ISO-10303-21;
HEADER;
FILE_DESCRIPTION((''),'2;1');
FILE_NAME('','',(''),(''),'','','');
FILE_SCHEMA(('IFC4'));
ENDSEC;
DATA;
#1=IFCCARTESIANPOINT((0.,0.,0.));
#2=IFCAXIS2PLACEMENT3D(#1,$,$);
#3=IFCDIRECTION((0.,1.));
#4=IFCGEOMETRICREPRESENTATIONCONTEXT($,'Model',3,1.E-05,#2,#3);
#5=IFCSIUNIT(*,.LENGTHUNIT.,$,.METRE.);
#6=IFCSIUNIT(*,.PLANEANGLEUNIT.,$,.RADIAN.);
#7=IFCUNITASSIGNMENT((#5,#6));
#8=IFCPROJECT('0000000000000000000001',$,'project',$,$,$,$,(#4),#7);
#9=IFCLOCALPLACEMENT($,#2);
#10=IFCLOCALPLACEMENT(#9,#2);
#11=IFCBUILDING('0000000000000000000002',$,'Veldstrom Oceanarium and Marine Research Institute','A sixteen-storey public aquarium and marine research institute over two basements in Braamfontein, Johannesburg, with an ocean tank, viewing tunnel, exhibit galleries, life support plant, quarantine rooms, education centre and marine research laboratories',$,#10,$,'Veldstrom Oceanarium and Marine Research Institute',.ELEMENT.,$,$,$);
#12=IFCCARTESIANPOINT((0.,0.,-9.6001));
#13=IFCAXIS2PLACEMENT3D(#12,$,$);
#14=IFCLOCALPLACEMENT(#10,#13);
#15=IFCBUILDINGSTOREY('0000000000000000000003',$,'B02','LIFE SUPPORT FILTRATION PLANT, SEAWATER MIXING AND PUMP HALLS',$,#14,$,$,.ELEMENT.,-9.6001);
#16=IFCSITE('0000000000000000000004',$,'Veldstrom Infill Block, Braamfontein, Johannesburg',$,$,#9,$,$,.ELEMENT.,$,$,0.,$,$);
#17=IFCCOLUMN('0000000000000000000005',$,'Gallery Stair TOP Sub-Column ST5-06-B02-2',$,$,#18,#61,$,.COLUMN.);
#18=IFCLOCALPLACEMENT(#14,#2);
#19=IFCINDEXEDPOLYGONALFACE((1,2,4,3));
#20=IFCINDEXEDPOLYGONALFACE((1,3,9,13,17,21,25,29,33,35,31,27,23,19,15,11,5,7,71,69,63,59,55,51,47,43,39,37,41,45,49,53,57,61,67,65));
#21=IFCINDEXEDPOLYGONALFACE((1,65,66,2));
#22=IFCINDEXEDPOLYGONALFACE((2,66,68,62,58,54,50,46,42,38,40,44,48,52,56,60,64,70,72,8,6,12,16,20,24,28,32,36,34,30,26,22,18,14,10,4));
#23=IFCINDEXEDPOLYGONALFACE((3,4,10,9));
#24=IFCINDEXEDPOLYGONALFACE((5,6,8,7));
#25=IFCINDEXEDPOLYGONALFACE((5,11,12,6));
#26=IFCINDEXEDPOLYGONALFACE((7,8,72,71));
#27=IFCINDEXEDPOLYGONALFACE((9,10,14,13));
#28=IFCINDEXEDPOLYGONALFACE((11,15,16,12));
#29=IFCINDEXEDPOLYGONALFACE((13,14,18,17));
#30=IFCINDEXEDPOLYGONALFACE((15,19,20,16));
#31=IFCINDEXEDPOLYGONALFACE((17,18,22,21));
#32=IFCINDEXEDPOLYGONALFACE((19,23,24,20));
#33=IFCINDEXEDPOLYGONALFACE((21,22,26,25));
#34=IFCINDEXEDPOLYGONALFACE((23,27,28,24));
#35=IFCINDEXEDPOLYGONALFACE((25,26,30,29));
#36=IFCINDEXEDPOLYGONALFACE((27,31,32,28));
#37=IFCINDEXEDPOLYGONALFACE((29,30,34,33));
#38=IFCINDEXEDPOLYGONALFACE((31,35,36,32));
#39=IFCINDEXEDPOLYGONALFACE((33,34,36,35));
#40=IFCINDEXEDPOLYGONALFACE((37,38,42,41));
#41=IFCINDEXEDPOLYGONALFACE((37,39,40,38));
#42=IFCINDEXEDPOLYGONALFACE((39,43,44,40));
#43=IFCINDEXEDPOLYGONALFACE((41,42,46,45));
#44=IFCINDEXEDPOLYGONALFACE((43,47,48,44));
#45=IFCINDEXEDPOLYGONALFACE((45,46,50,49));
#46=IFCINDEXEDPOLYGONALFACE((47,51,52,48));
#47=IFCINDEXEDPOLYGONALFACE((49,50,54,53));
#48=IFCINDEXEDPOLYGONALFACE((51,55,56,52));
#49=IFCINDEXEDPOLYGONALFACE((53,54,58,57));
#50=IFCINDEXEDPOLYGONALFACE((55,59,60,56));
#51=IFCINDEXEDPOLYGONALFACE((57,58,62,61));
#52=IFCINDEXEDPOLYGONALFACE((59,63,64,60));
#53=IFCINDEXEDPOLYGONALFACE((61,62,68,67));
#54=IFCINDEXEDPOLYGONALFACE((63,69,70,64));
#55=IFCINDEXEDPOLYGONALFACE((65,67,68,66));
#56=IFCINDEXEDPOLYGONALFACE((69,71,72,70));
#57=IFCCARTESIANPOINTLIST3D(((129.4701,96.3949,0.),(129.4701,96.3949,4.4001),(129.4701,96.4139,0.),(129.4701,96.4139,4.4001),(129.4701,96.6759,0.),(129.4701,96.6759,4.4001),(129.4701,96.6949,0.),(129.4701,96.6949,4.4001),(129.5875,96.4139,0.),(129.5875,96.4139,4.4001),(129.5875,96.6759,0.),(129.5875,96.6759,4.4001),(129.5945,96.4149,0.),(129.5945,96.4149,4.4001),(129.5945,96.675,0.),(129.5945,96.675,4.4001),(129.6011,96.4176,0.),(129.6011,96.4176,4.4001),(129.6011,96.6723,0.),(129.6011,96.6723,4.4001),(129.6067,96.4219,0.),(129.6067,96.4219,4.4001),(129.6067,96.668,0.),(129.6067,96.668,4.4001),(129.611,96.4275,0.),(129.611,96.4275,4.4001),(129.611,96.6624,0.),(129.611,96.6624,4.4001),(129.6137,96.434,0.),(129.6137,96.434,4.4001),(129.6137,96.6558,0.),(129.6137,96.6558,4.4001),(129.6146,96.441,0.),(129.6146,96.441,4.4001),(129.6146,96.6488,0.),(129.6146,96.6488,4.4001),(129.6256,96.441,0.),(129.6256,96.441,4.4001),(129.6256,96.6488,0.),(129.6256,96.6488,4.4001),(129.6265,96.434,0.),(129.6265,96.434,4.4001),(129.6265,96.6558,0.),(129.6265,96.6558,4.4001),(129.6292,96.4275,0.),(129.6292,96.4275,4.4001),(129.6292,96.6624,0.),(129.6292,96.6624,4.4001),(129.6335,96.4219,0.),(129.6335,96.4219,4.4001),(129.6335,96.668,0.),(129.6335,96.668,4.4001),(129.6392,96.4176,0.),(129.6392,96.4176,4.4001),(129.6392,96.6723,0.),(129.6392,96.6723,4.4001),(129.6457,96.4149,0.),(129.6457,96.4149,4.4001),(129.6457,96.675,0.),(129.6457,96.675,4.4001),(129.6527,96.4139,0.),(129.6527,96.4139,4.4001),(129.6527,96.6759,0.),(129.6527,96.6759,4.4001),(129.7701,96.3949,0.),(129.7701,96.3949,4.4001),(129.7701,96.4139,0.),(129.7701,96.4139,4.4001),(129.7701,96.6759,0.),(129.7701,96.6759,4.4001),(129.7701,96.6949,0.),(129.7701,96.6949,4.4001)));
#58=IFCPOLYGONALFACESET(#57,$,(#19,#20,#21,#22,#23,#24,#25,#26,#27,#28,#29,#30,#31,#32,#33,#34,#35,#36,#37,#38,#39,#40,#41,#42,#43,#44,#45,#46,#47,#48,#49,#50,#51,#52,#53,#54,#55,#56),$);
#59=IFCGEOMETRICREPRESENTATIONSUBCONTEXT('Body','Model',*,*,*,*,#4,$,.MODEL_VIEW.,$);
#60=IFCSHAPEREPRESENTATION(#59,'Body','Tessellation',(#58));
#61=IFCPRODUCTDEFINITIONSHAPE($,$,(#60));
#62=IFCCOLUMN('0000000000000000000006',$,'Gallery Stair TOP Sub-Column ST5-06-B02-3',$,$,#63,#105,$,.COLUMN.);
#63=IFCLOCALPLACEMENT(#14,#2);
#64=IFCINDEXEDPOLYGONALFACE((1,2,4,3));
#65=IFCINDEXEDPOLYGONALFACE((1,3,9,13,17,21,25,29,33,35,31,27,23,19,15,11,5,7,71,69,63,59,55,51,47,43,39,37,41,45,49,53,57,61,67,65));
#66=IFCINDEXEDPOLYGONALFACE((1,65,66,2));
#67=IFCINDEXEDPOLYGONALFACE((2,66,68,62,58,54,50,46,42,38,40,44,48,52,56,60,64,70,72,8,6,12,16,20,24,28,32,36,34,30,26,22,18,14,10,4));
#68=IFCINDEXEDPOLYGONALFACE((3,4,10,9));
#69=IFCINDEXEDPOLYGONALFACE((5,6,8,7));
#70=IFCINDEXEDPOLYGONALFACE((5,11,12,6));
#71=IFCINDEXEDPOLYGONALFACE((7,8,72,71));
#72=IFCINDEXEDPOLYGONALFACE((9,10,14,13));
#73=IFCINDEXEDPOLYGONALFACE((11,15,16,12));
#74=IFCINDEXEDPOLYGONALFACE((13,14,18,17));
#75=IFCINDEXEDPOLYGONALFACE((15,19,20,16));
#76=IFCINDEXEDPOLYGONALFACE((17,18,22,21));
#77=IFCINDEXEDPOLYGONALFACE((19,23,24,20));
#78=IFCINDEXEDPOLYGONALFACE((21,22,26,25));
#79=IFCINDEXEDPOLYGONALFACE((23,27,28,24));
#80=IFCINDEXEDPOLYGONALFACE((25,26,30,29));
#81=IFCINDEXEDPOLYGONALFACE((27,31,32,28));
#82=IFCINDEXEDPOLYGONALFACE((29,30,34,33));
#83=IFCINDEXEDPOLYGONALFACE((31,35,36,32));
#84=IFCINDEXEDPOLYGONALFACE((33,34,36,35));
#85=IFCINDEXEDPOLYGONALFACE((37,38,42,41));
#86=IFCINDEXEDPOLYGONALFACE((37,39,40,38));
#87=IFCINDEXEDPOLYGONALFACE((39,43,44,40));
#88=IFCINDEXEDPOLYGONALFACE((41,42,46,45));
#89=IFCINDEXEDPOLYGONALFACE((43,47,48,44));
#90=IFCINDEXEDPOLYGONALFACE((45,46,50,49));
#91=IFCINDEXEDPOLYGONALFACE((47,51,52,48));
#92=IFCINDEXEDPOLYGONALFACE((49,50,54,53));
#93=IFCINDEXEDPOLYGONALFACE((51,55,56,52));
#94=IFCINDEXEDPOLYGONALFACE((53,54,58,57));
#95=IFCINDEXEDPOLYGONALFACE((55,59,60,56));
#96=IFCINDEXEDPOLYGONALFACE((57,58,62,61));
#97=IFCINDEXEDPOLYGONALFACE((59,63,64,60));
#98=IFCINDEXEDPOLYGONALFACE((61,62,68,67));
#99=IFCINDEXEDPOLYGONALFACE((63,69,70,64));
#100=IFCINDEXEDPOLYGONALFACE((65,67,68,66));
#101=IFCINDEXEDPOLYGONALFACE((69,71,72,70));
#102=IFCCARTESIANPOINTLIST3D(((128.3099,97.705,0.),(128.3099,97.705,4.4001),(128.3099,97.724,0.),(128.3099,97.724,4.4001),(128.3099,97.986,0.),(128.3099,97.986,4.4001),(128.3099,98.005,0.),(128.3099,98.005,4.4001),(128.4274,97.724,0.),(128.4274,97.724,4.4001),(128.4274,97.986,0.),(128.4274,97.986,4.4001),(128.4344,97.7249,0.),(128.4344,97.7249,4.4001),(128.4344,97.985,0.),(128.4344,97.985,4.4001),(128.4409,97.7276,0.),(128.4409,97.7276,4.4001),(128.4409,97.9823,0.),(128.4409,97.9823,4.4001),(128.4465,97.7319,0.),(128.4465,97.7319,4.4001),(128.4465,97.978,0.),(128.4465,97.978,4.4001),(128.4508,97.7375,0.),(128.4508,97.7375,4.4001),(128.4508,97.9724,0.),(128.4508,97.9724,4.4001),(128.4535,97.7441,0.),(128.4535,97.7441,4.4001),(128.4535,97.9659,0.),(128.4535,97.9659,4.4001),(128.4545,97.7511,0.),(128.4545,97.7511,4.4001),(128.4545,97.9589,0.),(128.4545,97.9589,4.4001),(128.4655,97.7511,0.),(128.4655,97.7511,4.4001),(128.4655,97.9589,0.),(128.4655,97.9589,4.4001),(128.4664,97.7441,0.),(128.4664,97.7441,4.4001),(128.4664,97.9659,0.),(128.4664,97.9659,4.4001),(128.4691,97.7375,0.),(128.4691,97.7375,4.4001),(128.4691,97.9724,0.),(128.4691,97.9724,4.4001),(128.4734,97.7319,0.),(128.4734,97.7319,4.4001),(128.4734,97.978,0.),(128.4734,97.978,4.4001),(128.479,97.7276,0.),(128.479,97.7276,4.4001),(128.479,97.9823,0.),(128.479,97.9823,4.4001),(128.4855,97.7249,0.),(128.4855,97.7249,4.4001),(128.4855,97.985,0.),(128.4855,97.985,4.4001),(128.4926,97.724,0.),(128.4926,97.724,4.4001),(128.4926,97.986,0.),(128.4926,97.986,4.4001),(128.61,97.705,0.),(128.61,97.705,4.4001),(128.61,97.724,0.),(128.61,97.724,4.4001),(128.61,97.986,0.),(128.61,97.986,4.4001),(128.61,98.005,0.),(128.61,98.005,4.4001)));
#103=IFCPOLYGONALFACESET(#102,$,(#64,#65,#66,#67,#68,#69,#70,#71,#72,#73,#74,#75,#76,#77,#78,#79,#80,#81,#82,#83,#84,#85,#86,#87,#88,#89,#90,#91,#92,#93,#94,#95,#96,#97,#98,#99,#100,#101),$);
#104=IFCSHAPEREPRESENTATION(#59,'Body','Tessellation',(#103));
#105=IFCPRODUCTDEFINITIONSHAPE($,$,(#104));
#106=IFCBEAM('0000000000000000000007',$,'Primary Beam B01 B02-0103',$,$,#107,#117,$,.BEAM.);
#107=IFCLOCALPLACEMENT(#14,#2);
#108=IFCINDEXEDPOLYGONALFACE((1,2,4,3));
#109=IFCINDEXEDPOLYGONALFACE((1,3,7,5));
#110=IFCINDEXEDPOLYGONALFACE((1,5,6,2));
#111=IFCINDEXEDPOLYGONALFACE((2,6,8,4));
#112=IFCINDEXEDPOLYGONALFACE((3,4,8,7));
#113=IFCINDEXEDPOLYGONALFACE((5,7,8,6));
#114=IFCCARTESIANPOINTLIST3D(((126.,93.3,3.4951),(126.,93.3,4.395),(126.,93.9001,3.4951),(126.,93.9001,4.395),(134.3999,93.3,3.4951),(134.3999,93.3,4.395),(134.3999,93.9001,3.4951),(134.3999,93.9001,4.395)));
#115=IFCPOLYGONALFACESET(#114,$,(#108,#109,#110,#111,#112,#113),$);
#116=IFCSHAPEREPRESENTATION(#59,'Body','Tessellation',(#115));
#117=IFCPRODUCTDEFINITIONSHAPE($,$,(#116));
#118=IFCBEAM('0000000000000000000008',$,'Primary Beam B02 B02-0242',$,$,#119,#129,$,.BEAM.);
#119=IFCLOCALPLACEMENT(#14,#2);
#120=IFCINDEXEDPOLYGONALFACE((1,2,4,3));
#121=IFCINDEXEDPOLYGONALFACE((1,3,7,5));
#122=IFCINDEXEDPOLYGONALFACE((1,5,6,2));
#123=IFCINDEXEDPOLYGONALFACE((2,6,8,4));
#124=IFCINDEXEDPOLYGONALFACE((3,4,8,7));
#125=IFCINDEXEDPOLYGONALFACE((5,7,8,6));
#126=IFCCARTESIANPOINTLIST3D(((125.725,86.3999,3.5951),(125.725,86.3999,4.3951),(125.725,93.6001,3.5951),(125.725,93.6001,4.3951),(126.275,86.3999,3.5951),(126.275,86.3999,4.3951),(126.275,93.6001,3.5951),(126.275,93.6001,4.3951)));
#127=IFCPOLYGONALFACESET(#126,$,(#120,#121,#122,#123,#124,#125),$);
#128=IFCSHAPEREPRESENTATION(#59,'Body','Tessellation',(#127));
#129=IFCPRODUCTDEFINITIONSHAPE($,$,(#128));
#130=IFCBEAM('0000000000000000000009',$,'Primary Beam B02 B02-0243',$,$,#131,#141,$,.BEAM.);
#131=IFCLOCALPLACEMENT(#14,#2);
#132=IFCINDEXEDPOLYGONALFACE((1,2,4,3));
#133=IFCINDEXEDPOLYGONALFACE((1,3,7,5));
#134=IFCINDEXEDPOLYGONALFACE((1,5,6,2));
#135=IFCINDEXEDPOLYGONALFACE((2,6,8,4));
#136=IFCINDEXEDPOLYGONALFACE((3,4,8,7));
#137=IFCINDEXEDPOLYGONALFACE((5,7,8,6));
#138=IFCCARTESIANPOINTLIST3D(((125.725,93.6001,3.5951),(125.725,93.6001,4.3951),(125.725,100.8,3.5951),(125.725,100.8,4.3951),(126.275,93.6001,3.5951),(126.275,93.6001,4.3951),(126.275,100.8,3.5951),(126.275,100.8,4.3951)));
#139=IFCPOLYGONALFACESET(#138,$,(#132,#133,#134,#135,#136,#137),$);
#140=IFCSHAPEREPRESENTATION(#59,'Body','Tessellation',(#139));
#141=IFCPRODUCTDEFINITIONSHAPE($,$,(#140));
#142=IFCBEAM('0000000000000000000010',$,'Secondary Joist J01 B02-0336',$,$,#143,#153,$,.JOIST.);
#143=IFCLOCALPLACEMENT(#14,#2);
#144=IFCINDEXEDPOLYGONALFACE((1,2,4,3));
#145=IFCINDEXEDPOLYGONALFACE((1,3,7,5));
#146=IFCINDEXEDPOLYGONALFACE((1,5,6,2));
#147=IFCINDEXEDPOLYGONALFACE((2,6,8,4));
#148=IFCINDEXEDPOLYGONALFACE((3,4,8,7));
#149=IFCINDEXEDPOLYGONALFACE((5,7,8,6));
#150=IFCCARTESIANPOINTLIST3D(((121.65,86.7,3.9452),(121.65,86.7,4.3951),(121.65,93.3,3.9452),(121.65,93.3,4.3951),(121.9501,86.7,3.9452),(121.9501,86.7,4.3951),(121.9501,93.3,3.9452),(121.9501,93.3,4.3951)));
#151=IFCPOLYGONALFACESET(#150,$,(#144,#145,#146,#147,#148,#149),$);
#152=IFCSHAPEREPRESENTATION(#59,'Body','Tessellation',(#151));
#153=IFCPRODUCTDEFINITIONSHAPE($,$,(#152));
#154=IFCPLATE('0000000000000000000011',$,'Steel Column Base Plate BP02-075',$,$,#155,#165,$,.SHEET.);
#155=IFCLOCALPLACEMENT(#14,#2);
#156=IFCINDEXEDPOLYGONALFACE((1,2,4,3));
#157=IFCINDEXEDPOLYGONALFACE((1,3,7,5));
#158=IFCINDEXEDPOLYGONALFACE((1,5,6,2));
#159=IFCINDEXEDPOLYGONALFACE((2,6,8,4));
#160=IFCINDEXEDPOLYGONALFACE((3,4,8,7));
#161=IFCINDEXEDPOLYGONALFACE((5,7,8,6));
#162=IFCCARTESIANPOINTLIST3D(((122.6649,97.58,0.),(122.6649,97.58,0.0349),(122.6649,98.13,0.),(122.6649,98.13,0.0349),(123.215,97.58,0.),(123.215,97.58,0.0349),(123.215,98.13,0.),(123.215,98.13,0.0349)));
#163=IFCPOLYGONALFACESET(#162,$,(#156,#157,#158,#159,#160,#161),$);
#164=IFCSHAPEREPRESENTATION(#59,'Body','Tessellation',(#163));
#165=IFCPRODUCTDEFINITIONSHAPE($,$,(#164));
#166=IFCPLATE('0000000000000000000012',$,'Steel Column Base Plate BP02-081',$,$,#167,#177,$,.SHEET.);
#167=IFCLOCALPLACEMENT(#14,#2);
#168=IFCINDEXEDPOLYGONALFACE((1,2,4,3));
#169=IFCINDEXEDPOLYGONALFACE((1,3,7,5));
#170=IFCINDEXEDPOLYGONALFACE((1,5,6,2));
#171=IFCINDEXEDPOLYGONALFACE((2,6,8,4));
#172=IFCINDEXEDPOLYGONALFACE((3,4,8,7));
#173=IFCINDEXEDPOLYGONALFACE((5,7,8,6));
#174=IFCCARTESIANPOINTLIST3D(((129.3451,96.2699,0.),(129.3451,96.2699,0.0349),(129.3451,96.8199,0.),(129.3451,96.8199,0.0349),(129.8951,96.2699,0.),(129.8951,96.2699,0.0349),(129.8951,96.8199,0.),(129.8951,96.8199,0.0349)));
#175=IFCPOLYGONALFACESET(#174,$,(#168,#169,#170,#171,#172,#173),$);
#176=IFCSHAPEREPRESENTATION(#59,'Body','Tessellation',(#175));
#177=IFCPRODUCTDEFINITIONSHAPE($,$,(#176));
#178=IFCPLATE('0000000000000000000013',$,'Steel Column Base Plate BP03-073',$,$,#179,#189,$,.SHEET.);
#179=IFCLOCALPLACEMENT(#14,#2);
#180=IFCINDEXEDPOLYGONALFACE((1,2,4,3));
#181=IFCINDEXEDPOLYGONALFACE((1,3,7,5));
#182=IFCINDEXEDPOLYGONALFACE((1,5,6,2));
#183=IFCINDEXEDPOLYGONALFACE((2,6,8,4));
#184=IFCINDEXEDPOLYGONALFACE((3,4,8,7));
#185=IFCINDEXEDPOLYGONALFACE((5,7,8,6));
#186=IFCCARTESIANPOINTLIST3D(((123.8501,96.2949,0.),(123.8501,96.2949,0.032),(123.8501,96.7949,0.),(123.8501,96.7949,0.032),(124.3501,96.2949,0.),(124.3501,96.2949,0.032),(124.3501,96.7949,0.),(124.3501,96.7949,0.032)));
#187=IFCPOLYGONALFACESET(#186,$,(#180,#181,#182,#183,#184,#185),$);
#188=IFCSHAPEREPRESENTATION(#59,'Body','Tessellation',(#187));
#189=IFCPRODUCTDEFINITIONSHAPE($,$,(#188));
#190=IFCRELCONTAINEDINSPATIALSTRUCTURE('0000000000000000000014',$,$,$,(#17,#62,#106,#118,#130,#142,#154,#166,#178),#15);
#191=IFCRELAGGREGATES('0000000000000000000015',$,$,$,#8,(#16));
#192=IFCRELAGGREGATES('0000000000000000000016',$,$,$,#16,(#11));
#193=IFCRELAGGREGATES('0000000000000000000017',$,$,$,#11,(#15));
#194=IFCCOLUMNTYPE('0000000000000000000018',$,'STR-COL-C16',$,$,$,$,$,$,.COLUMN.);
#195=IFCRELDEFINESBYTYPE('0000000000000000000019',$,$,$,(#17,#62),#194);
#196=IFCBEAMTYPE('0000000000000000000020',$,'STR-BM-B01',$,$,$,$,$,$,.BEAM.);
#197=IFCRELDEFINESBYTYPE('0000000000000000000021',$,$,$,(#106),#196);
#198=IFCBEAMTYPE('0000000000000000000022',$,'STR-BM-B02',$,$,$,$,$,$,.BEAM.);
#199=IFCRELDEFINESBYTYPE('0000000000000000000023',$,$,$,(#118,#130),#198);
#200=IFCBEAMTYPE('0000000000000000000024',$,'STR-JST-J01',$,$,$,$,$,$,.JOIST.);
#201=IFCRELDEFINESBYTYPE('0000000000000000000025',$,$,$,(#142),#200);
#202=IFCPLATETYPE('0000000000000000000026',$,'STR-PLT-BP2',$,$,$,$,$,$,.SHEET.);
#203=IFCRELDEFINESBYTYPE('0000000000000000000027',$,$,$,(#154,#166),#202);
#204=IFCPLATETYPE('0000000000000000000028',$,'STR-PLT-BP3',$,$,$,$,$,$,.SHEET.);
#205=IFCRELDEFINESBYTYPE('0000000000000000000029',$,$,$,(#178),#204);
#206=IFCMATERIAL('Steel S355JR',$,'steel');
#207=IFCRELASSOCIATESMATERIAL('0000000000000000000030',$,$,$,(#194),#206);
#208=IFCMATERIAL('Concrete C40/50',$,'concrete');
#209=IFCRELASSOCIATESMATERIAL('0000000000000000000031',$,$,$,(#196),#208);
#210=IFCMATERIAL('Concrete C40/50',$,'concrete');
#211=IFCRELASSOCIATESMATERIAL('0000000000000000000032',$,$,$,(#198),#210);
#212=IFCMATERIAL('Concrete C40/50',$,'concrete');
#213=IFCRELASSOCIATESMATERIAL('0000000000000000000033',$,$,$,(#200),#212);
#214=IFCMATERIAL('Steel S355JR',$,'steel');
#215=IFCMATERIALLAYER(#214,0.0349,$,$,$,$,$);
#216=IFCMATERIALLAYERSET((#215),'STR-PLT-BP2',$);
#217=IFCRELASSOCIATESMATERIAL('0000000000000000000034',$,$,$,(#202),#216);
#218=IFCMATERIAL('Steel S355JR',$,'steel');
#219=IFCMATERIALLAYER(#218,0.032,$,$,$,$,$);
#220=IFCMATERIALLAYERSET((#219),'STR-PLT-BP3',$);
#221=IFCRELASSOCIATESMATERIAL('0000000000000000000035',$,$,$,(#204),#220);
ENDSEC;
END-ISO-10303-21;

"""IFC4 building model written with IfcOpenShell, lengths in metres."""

from ifc_helpers import new_model, si_unit, direction, frame, origin, origin_2d, place, context, subcontext, project, spatial, rectangle, i_section, extrude, material, layer, layer_set, material_profile, profile_set, type_object, element, save


model = new_model("IFC4")

# Units and contexts
model_context = context("Model", 3, precision=1e-05, world=origin(), true_north=direction((0.0, 1.0)))
body_context = subcontext(model_context, "Body", "Model", "MODEL_VIEW")
ifc_project = project(units=[si_unit("LENGTHUNIT", "METRE"), si_unit("PLANEANGLEUNIT", "RADIAN")], contexts=[model_context])

# Site, building, storey
site_placement = place(None, origin())
site = spatial("IfcSite", under=ifc_project, at=site_placement, Name="Veldstrom Infill Block, Braamfontein, Johannesburg", CompositionType="ELEMENT", RefElevation=0.0)
building_placement = place(site_placement, origin())
building = spatial("IfcBuilding", under=site, at=building_placement, Name="Veldstrom Oceanarium and Marine Research Institute", Description="A sixteen-storey public aquarium and marine research institute over two basements in Braamfontein, Johannesburg, with an ocean tank, viewing tunnel, exhibit galleries, life support plant, quarantine rooms, education centre and marine research laboratories", LongName="Veldstrom Oceanarium and Marine Research Institute", CompositionType="ELEMENT")
storey_placement = place(building_placement, frame((0.0, 0.0, -9.6001)))
storey = spatial("IfcBuildingStorey", under=building, at=storey_placement, Name="B02", Description="LIFE SUPPORT FILTRATION PLANT, SEAWATER MIXING AND PUMP HALLS", CompositionType="ELEMENT", Elevation=-9.6001)

# Columns
ifc_material_1 = material(Name="Steel S355JR", Category="steel")
ifc_material_profile_1 = material_profile(ifc_material_1, i_section(OverallWidth=0.3, OverallDepth=0.3, WebThickness=0.011, FlangeThickness=0.019, FilletRadius=0.0271, at=origin_2d()), Name="HEB 300")
ifc_profile_set_1 = profile_set([ifc_material_profile_1], Name="Steel S355JR")
column_type_1 = type_object("IfcColumnType", Name="STR-COL-C16", PredefinedType="COLUMN", material=ifc_profile_set_1)
for number, where, z_axis, x_axis, name in (
    (1, (129.6201, 96.5449, 0.0), (0.0, 0.0, 1.0), (1.0, 0.0, 0.0), "Gallery Stair TOP Sub-Column ST5-06-B02-2"),
    (2, (128.46, 97.855, 0.0), (0.0, 0.0, 1.0), (1.0, 0.0, 0.0), "Gallery Stair TOP Sub-Column ST5-06-B02-3"),
):
    element("IfcColumn", number, at=place(storey_placement, frame(where, z_axis=z_axis, x_axis=x_axis)), inside=storey, type_object=column_type_1, Name=name, PredefinedType="COLUMN", context=body_context, shape_type="SweptSolid", body=[
        extrude(i_section(OverallWidth=0.3, OverallDepth=0.3, WebThickness=0.011, FlangeThickness=0.019, FilletRadius=0.0271, at=origin_2d()), origin(), (0.0, 0.0, 1.0), 4.4001),
    ])

# Beams
ifc_material_2 = material(Name="Concrete C40/50", Category="concrete")
ifc_material_profile_2 = material_profile(ifc_material_2, rectangle(XDim=0.6001, YDim=0.8999, at=origin_2d()), Name="RC-BM-600x900")
ifc_profile_set_2 = profile_set([ifc_material_profile_2], Name="Concrete C40/50")
beam_type_1 = type_object("IfcBeamType", Name="STR-BM-B01", PredefinedType="BEAM", material=ifc_profile_set_2)
beam_1_placement = place(storey_placement, frame((126.0, 93.6001, 3.9451), z_axis=(1.0, 0.0, 0.0), x_axis=(0.0, 1.0, 0.0)))
element("IfcBeam", 3, at=beam_1_placement, inside=storey, type_object=beam_type_1, Name="Primary Beam B01 B02-0103", PredefinedType="BEAM", context=body_context, shape_type="SweptSolid", body=[
    extrude(rectangle(XDim=0.6001, YDim=0.8999, at=origin_2d()), origin(), (0.0, 0.0, 1.0), 8.3999),
])
ifc_material_3 = material(Name="Concrete C40/50", Category="concrete")
ifc_material_profile_3 = material_profile(ifc_material_3, rectangle(XDim=0.55, YDim=0.8, at=origin_2d()), Name="RC-BM-550x800")
ifc_profile_set_3 = profile_set([ifc_material_profile_3], Name="Concrete C40/50")
beam_type_2 = type_object("IfcBeamType", Name="STR-BM-B02", PredefinedType="BEAM", material=ifc_profile_set_3)
beam_2_placement = place(storey_placement, frame((126.0, 86.3999, 3.9951), z_axis=(0.0, 1.0, 0.0), x_axis=(-1.0, 0.0, 0.0)))
element("IfcBeam", 4, at=beam_2_placement, inside=storey, type_object=beam_type_2, Name="Primary Beam B02 B02-0242", PredefinedType="BEAM", context=body_context, shape_type="SweptSolid", body=[
    extrude(rectangle(XDim=0.55, YDim=0.8, at=origin_2d()), origin(), (0.0, 0.0, 1.0), 7.2002),
])
beam_3_placement = place(storey_placement, frame((126.0, 93.6001, 3.9951), z_axis=(0.0, 1.0, 0.0), x_axis=(-1.0, 0.0, 0.0)))
element("IfcBeam", 5, at=beam_3_placement, inside=storey, type_object=beam_type_2, Name="Primary Beam B02 B02-0243", PredefinedType="BEAM", context=body_context, shape_type="SweptSolid", body=[
    extrude(rectangle(XDim=0.55, YDim=0.8, at=origin_2d()), origin(), (0.0, 0.0, 1.0), 7.2),
])
ifc_material_4 = material(Name="Concrete C40/50", Category="concrete")
ifc_material_profile_4 = material_profile(ifc_material_4, rectangle(XDim=0.3, YDim=0.45, at=origin_2d()), Name="RC-JST-300x450")
ifc_profile_set_4 = profile_set([ifc_material_profile_4], Name="Concrete C40/50")
beam_type_3 = type_object("IfcBeamType", Name="STR-JST-J01", PredefinedType="JOIST", material=ifc_profile_set_4)
beam_4_placement = place(storey_placement, frame((121.8, 86.7, 4.1702), z_axis=(0.0, 1.0, 0.0), x_axis=(-1.0, 0.0, 0.0)))
element("IfcBeam", 6, at=beam_4_placement, inside=storey, type_object=beam_type_3, Name="Secondary Joist J01 B02-0336", PredefinedType="JOIST", context=body_context, shape_type="SweptSolid", body=[
    extrude(rectangle(XDim=0.3, YDim=0.45, at=origin_2d()), origin(), (0.0, 0.0, 1.0), 6.6001),
])

# Plates
ifc_material_5 = material(Name="Steel S355JR", Category="steel")
ifc_layer_1 = layer(ifc_material_5, 0.0349)
ifc_layer_set_1 = layer_set([ifc_layer_1], Name="STR-PLT-BP2")
plate_type_1 = type_object("IfcPlateType", Name="STR-PLT-BP2", PredefinedType="SHEET", material=ifc_layer_set_1)
for number, where, z_axis, x_axis, name in (
    (7, (122.9399, 97.855, 0.0), (0.0, 0.0, 1.0), (1.0, 0.0, 0.0), "Steel Column Base Plate BP02-075"),
    (8, (129.6201, 96.5449, 0.0), (0.0, 0.0, 1.0), (1.0, 0.0, 0.0), "Steel Column Base Plate BP02-081"),
):
    element("IfcPlate", number, at=place(storey_placement, frame(where, z_axis=z_axis, x_axis=x_axis)), inside=storey, type_object=plate_type_1, Name=name, PredefinedType="SHEET", context=body_context, shape_type="SweptSolid", body=[
        extrude(rectangle(XDim=0.55, YDim=0.55, at=origin_2d()), origin(), (0.0, 0.0, 1.0), 0.0349),
    ])
ifc_material_6 = material(Name="Steel S355JR", Category="steel")
ifc_layer_2 = layer(ifc_material_6, 0.032)
ifc_layer_set_2 = layer_set([ifc_layer_2], Name="STR-PLT-BP3")
plate_type_2 = type_object("IfcPlateType", Name="STR-PLT-BP3", PredefinedType="SHEET", material=ifc_layer_set_2)
for number, where, z_axis, x_axis, name in (
    (9, (124.1001, 96.5449, 0.0), (0.0, 0.0, 1.0), (1.0, 0.0, 0.0), "Steel Column Base Plate BP03-073"),
):
    element("IfcPlate", number, at=place(storey_placement, frame(where, z_axis=z_axis, x_axis=x_axis)), inside=storey, type_object=plate_type_2, Name=name, PredefinedType="SHEET", context=body_context, shape_type="SweptSolid", body=[
        extrude(rectangle(XDim=0.5, YDim=0.5, at=origin_2d()), origin(), (0.0, 0.0, 1.0), 0.032),
    ])

save(model, "model.ifc")
